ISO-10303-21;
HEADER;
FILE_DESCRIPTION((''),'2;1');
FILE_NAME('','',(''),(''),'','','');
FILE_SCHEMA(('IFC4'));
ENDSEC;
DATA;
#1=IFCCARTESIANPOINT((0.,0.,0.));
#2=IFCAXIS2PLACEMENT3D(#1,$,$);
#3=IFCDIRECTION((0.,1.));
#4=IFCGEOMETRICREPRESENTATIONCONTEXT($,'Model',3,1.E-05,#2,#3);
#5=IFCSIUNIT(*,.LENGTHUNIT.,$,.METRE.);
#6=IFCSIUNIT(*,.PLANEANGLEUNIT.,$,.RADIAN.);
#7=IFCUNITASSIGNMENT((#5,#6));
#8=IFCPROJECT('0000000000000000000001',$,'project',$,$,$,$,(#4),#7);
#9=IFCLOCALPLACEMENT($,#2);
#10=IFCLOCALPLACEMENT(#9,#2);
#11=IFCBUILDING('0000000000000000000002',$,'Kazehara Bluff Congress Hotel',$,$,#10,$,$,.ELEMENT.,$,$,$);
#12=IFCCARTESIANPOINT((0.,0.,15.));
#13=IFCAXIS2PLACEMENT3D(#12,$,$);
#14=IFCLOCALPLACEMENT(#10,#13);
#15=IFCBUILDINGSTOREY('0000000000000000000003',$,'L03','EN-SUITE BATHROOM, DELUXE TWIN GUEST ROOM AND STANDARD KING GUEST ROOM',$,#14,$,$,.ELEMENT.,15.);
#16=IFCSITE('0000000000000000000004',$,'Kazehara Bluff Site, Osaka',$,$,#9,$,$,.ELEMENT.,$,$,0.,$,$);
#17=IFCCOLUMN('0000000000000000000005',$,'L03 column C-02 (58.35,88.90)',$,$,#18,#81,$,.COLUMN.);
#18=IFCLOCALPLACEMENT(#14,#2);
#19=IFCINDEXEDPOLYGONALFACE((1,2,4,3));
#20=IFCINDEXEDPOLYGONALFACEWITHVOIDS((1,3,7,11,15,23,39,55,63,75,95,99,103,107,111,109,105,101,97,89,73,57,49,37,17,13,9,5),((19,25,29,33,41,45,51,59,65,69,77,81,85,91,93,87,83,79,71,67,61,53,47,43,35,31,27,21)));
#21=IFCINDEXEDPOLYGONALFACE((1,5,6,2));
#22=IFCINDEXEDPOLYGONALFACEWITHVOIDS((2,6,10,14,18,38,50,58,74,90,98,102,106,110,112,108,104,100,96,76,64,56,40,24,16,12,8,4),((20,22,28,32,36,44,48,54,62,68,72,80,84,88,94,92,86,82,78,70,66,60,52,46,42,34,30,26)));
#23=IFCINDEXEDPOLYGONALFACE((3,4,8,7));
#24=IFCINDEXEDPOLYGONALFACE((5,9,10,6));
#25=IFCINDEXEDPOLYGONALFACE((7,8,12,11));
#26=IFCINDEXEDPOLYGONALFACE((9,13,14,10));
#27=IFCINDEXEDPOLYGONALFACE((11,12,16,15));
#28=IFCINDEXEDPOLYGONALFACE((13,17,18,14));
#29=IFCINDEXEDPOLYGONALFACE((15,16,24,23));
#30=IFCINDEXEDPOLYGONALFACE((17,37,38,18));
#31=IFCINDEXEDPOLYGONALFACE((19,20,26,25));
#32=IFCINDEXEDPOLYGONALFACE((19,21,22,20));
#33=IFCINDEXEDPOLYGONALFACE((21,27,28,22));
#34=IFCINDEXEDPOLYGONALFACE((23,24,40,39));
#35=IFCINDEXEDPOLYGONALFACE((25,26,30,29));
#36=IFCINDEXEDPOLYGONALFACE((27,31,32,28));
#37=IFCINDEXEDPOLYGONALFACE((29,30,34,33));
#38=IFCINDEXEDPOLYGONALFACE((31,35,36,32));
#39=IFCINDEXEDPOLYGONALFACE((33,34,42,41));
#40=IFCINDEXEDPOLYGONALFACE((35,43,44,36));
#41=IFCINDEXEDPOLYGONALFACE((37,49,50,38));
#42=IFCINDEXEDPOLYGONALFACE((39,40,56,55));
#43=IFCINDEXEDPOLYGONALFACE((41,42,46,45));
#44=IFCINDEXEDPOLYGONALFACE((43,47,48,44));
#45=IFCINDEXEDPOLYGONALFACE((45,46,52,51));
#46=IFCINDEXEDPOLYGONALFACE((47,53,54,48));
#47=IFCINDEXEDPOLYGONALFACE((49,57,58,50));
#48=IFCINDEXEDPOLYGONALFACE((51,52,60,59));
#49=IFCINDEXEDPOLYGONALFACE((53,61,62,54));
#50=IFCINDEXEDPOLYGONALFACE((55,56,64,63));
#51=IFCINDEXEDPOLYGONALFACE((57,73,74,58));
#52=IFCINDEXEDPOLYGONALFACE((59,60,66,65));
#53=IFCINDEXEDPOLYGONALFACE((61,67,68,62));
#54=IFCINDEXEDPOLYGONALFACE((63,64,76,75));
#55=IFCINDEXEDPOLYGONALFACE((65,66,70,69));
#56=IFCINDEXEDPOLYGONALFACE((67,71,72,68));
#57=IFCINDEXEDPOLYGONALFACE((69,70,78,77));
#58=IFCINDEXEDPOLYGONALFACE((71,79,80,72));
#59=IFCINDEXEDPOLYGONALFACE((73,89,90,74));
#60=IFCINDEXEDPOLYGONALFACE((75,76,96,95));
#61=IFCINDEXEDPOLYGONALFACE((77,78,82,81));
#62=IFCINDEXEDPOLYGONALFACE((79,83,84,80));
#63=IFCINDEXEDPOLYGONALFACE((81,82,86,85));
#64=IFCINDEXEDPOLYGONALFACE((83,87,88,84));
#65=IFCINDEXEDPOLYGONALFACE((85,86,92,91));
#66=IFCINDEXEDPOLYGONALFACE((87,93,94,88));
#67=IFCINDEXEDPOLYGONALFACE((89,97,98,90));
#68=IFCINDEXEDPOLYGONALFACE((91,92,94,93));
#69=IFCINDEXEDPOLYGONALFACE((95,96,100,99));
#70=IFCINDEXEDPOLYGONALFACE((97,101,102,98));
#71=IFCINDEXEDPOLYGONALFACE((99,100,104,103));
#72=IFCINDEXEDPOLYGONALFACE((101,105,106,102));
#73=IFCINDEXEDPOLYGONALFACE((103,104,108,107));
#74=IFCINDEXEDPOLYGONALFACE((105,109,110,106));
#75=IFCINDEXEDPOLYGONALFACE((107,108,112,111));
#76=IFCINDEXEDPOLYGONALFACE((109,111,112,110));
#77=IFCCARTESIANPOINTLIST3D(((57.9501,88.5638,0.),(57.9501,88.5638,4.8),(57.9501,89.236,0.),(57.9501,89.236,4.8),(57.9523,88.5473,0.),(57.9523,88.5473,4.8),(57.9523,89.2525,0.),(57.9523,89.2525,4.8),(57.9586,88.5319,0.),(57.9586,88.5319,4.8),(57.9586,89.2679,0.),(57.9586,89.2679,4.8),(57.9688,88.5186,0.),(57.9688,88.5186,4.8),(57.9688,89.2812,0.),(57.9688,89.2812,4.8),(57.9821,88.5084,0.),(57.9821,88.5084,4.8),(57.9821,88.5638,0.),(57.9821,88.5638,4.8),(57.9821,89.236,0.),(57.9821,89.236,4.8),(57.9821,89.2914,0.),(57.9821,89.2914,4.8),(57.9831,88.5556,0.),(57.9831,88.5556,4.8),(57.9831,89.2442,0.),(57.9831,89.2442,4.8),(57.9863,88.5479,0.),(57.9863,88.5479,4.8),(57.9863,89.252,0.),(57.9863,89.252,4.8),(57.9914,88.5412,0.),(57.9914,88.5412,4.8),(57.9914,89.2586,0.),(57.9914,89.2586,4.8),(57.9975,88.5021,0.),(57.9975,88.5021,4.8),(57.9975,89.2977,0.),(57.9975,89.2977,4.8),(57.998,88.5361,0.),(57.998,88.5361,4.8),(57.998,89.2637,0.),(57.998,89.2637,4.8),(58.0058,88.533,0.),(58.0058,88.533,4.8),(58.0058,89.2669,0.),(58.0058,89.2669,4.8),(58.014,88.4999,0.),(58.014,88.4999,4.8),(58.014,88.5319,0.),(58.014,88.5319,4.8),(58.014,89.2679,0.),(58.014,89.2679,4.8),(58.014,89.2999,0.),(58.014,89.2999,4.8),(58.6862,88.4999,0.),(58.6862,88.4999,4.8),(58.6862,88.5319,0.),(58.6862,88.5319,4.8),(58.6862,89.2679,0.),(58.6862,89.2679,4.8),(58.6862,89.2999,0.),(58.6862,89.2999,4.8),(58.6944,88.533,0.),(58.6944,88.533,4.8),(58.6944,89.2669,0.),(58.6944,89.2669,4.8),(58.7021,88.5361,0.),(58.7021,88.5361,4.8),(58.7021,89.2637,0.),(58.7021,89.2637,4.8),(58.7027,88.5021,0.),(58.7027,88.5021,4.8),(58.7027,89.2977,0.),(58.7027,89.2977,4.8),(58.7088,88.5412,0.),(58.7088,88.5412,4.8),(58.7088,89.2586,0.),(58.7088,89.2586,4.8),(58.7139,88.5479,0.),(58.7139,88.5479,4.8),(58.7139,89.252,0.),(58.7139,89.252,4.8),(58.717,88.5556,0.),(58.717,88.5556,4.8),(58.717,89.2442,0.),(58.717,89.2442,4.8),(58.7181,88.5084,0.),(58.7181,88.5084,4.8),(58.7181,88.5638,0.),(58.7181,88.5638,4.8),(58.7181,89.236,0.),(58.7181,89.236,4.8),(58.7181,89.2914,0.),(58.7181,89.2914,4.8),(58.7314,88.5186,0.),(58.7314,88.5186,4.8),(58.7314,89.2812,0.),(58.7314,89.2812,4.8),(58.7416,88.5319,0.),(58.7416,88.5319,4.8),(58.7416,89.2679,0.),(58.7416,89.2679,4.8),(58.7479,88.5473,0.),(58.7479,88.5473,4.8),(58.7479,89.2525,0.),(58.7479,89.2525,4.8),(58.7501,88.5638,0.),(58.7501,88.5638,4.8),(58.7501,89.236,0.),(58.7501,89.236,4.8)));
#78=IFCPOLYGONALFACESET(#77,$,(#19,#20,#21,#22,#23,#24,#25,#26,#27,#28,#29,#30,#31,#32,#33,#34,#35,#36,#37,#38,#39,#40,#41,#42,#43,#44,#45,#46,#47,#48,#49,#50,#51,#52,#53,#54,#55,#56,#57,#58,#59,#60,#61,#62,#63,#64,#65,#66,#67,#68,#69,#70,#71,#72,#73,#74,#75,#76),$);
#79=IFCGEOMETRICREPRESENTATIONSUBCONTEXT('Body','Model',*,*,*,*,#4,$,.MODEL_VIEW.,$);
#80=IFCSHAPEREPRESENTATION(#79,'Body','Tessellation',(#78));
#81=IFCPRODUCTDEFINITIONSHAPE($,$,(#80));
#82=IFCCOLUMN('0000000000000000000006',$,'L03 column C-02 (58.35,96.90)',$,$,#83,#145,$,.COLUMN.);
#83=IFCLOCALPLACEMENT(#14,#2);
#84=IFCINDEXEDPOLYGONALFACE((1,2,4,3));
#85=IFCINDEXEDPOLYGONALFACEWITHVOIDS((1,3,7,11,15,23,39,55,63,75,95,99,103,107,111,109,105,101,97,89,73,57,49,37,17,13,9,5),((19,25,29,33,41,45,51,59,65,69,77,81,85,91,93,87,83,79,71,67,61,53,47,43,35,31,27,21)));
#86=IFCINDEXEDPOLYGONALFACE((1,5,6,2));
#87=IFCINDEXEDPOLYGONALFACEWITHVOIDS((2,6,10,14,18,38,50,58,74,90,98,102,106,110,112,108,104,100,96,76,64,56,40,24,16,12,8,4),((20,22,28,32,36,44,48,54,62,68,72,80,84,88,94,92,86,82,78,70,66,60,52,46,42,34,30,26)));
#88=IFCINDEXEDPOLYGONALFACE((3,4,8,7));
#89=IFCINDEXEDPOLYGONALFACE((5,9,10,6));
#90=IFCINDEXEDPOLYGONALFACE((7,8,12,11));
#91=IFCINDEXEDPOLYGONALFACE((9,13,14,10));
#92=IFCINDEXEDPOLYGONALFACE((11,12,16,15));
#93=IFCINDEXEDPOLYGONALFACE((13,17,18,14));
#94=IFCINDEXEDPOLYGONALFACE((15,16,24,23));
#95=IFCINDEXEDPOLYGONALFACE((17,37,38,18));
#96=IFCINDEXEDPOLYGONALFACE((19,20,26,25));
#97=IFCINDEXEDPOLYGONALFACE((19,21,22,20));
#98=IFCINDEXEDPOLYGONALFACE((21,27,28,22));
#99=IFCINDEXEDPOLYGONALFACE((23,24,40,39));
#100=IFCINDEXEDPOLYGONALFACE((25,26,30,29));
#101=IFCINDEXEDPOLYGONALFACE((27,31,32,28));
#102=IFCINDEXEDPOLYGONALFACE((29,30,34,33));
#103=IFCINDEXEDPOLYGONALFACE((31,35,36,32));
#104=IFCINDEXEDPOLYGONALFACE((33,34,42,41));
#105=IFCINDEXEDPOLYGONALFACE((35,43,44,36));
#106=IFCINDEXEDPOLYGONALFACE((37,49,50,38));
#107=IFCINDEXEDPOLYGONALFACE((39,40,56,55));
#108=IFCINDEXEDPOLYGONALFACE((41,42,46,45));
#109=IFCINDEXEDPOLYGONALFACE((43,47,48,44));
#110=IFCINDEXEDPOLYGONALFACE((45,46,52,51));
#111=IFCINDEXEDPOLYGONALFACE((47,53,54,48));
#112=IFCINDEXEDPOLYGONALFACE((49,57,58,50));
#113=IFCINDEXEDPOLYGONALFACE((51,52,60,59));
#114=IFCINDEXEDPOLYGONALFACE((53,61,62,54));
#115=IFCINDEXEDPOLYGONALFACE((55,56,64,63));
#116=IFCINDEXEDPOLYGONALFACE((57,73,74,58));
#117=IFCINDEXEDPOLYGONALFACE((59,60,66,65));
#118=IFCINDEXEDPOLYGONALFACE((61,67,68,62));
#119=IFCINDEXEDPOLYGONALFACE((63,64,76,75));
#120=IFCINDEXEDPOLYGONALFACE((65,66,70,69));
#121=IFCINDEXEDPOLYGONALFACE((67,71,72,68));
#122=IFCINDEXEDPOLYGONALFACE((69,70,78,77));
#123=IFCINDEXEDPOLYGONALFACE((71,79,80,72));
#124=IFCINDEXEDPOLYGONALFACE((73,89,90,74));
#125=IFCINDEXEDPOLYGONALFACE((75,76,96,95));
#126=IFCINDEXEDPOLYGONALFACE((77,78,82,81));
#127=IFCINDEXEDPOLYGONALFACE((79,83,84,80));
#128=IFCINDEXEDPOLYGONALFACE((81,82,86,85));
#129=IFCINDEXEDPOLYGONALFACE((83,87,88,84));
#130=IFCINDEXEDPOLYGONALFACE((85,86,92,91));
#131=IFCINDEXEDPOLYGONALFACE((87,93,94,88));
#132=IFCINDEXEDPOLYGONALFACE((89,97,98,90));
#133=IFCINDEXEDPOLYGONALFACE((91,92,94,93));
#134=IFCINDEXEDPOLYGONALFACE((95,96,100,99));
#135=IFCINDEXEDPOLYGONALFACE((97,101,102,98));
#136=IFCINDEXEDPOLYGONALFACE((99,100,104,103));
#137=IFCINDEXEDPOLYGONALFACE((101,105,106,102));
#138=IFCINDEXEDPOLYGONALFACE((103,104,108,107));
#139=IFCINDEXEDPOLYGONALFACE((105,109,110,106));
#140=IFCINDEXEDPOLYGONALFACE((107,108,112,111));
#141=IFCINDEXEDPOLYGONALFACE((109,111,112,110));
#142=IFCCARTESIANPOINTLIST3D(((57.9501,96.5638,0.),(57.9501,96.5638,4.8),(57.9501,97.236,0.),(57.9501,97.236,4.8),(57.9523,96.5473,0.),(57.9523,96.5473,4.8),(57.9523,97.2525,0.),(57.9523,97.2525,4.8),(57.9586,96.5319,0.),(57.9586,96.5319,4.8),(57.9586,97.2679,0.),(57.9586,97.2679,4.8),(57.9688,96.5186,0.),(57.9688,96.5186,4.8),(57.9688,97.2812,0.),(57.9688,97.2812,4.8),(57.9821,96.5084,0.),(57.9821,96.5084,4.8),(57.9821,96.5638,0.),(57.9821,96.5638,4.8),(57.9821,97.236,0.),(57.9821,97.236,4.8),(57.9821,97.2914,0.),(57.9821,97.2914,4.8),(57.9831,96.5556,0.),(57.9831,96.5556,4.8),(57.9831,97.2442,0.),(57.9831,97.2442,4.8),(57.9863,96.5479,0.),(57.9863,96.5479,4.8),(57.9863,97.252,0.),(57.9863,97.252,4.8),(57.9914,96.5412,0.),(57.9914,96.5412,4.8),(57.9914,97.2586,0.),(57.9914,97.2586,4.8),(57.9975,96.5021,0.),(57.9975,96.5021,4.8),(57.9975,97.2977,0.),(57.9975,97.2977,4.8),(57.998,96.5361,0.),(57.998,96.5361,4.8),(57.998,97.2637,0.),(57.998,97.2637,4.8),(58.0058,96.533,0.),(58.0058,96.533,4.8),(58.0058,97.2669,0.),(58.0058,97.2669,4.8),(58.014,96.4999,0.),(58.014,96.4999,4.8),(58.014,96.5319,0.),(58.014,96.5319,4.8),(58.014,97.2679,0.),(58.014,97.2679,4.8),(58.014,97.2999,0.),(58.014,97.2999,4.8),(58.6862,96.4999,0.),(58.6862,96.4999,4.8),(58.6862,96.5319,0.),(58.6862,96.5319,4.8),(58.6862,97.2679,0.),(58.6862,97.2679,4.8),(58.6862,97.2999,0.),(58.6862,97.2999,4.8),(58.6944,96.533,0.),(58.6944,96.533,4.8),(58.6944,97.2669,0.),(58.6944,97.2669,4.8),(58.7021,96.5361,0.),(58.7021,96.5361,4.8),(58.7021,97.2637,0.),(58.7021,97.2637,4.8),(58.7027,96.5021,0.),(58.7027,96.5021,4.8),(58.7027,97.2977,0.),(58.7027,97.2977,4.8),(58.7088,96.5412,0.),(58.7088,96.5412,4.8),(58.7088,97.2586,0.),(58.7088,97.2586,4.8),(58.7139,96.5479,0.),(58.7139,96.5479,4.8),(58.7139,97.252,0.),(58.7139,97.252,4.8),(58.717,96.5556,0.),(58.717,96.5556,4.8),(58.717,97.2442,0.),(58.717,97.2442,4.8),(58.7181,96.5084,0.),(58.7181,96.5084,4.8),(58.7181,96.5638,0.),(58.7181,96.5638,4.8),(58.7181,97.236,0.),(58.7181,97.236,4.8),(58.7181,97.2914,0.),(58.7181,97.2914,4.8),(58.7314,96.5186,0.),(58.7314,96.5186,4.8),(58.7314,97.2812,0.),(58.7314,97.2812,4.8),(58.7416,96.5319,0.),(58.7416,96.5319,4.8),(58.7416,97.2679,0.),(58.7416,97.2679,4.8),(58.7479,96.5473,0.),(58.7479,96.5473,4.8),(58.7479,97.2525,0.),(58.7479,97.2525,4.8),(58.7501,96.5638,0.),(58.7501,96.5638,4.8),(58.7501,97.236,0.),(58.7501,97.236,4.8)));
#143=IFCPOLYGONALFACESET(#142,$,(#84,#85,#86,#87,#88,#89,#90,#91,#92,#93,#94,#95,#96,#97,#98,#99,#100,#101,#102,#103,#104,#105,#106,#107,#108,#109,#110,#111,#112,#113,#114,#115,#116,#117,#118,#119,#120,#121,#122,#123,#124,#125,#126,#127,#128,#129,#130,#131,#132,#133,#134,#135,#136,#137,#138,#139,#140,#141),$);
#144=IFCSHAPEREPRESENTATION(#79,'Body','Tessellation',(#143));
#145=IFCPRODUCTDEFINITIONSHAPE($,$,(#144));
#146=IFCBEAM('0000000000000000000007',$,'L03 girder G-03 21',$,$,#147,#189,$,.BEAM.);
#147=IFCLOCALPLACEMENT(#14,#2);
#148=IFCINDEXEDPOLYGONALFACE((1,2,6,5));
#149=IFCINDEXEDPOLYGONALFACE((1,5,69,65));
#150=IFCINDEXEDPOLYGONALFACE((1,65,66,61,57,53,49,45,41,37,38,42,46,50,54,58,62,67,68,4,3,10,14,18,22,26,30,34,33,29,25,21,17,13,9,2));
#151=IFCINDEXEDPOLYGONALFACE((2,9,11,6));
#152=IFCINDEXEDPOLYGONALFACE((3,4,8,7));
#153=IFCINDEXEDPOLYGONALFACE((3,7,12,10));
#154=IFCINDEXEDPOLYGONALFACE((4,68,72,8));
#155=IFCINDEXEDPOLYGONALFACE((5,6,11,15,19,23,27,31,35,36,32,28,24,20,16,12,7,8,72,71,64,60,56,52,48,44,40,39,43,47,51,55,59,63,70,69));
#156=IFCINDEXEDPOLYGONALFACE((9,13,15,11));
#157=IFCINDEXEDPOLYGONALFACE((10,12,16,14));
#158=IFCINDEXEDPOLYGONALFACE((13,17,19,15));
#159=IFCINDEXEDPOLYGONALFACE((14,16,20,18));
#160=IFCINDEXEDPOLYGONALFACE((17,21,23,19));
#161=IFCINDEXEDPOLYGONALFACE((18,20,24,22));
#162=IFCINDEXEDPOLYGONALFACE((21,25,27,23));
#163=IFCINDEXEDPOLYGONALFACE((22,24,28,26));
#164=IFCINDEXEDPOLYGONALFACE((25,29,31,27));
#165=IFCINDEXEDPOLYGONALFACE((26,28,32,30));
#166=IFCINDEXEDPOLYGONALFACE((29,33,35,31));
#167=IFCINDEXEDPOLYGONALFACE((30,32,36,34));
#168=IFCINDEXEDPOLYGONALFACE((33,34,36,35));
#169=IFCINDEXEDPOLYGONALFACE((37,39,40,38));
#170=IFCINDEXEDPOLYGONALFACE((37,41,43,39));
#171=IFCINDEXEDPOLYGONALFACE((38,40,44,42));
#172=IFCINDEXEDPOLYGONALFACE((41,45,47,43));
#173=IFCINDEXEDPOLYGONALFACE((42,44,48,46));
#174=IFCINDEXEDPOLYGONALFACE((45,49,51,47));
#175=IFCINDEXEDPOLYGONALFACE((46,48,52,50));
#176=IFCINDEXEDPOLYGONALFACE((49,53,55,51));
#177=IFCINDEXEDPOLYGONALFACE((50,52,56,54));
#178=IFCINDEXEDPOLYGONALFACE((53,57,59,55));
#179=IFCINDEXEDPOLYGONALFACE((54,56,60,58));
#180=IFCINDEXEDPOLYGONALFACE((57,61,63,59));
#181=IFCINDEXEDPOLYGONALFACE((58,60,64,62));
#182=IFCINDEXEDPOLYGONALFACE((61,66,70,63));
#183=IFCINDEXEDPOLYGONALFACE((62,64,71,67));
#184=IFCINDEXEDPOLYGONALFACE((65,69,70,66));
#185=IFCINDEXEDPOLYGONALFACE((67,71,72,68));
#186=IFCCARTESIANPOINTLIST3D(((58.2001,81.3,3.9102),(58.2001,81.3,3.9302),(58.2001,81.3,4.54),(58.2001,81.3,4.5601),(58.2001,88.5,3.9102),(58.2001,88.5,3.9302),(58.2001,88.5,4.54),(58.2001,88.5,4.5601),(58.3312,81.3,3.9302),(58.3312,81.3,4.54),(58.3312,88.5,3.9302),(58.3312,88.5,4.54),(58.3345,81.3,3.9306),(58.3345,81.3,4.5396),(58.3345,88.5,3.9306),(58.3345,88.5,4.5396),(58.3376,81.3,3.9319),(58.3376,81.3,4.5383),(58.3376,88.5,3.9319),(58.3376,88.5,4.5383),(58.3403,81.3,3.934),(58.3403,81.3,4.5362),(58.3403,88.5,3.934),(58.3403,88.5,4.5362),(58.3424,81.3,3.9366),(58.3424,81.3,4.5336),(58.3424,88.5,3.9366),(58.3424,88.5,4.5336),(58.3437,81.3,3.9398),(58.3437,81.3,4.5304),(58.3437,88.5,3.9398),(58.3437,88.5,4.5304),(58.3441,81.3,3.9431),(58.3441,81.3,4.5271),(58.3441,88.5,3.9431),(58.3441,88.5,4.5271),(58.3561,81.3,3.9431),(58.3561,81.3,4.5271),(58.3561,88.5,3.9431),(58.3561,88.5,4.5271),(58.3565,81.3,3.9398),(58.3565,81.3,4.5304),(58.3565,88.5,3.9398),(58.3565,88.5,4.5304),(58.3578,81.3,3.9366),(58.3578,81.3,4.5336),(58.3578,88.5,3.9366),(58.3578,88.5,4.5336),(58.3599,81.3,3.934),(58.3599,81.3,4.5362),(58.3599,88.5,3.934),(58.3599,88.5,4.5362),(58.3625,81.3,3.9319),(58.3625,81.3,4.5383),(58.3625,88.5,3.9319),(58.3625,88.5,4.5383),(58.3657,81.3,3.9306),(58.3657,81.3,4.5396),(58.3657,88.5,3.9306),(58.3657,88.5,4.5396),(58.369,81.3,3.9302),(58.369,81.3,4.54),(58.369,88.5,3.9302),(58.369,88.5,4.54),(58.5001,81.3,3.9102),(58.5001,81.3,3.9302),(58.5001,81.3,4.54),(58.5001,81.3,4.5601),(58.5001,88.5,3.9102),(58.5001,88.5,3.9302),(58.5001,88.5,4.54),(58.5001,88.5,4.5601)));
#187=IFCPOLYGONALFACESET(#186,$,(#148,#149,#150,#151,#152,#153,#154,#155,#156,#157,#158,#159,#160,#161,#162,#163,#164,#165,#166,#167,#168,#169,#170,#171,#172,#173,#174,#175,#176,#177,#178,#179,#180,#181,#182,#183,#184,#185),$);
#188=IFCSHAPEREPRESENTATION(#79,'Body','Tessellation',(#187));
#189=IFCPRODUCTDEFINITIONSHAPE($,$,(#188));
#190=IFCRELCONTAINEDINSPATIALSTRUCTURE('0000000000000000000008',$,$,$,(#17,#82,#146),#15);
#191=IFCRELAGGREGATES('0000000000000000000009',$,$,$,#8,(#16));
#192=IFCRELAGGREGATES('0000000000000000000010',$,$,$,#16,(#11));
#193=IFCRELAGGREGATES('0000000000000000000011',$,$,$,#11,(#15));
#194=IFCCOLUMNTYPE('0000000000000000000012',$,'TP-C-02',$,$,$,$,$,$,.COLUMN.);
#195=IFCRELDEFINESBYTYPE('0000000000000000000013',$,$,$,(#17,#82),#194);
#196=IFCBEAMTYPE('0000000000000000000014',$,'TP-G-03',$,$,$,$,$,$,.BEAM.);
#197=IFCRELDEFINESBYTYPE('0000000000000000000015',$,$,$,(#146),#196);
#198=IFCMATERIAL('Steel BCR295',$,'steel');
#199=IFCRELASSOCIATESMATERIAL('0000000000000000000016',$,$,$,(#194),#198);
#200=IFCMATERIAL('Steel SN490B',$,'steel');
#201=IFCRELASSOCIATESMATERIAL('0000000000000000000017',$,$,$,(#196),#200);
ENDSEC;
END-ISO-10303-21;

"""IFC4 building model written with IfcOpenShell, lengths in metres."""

from ifc_helpers import new_model, si_unit, direction, frame, origin, origin_2d, place, context, subcontext, project, spatial, hollow_rectangle, i_section, extrude, material, material_profile, profile_set, type_object, element, save


model = new_model("IFC4")

# Units and contexts
model_context = context("Model", 3, precision=1e-05, world=origin(), true_north=direction((0.0, 1.0)))
body_context = subcontext(model_context, "Body", "Model", "MODEL_VIEW")
ifc_project = project(units=[si_unit("LENGTHUNIT", "METRE"), si_unit("PLANEANGLEUNIT", "RADIAN")], contexts=[model_context])

# Site, building, storey
site_placement = place(None, origin())
site = spatial("IfcSite", under=ifc_project, at=site_placement, Name="Kazehara Bluff Site, Osaka", CompositionType="ELEMENT", RefElevation=0.0)
building_placement = place(site_placement, origin())
building = spatial("IfcBuilding", under=site, at=building_placement, Name="Kazehara Bluff Congress Hotel", CompositionType="ELEMENT")
storey_placement = place(building_placement, frame((0.0, 0.0, 15.0)))
storey = spatial("IfcBuildingStorey", under=building, at=storey_placement, Name="L03", Description="EN-SUITE BATHROOM, DELUXE TWIN GUEST ROOM AND STANDARD KING GUEST ROOM", CompositionType="ELEMENT", Elevation=15.0)

# Columns
ifc_material_1 = material(Name="Steel BCR295", Category="steel")
ifc_material_profile_1 = material_profile(ifc_material_1, hollow_rectangle(XDim=0.8, YDim=0.8, WallThickness=0.032, InnerFilletRadius=0.032, OuterFilletRadius=0.064, at=origin_2d()))
ifc_profile_set_1 = profile_set([ifc_material_profile_1], Name="Steel BCR295")
column_type = type_object("IfcColumnType", Name="TP-C-02", PredefinedType="COLUMN", material=ifc_profile_set_1)
for number, where, z_axis, x_axis, name in (
    (1, (58.3501, 88.8999, 0.0), (0.0, 0.0, 1.0), (1.0, 0.0, 0.0), "L03 column C-02 (58.35,88.90)"),
    (2, (58.3501, 96.8999, 0.0), (0.0, 0.0, 1.0), (1.0, 0.0, 0.0), "L03 column C-02 (58.35,96.90)"),
):
    element("IfcColumn", number, at=place(storey_placement, frame(where, z_axis=z_axis, x_axis=x_axis)), inside=storey, type_object=column_type, Name=name, PredefinedType="COLUMN", context=body_context, shape_type="SweptSolid", body=[
        extrude(hollow_rectangle(XDim=0.8, YDim=0.8, WallThickness=0.032, InnerFilletRadius=0.032, OuterFilletRadius=0.064, at=origin_2d()), origin(), (0.0, 0.0, 1.0), 4.8),
    ])

# Beam
ifc_material_2 = material(Name="Steel SN490B", Category="steel")
ifc_material_profile_2 = material_profile(ifc_material_2, i_section(OverallWidth=0.3, OverallDepth=0.6499, WebThickness=0.012, FlangeThickness=0.02, FilletRadius=0.0129, at=origin_2d()))
ifc_profile_set_2 = profile_set([ifc_material_profile_2], Name="Steel SN490B")
beam_type = type_object("IfcBeamType", Name="TP-G-03", PredefinedType="BEAM", material=ifc_profile_set_2)
for number, where, z_axis, x_axis, name in (
    (3, (58.3501, 81.3, 4.2351), (0.0, 1.0, 0.0), (-1.0, 0.0, 0.0), "L03 girder G-03 21"),
):
    element("IfcBeam", number, at=place(storey_placement, frame(where, z_axis=z_axis, x_axis=x_axis)), inside=storey, type_object=beam_type, Name=name, PredefinedType="BEAM", context=body_context, shape_type="SweptSolid", body=[
        extrude(i_section(OverallWidth=0.3, OverallDepth=0.6499, WebThickness=0.012, FlangeThickness=0.02, FilletRadius=0.0129, at=origin_2d()), origin(), (0.0, 0.0, 1.0), 7.2),
    ])

save(model, "model.ifc")
